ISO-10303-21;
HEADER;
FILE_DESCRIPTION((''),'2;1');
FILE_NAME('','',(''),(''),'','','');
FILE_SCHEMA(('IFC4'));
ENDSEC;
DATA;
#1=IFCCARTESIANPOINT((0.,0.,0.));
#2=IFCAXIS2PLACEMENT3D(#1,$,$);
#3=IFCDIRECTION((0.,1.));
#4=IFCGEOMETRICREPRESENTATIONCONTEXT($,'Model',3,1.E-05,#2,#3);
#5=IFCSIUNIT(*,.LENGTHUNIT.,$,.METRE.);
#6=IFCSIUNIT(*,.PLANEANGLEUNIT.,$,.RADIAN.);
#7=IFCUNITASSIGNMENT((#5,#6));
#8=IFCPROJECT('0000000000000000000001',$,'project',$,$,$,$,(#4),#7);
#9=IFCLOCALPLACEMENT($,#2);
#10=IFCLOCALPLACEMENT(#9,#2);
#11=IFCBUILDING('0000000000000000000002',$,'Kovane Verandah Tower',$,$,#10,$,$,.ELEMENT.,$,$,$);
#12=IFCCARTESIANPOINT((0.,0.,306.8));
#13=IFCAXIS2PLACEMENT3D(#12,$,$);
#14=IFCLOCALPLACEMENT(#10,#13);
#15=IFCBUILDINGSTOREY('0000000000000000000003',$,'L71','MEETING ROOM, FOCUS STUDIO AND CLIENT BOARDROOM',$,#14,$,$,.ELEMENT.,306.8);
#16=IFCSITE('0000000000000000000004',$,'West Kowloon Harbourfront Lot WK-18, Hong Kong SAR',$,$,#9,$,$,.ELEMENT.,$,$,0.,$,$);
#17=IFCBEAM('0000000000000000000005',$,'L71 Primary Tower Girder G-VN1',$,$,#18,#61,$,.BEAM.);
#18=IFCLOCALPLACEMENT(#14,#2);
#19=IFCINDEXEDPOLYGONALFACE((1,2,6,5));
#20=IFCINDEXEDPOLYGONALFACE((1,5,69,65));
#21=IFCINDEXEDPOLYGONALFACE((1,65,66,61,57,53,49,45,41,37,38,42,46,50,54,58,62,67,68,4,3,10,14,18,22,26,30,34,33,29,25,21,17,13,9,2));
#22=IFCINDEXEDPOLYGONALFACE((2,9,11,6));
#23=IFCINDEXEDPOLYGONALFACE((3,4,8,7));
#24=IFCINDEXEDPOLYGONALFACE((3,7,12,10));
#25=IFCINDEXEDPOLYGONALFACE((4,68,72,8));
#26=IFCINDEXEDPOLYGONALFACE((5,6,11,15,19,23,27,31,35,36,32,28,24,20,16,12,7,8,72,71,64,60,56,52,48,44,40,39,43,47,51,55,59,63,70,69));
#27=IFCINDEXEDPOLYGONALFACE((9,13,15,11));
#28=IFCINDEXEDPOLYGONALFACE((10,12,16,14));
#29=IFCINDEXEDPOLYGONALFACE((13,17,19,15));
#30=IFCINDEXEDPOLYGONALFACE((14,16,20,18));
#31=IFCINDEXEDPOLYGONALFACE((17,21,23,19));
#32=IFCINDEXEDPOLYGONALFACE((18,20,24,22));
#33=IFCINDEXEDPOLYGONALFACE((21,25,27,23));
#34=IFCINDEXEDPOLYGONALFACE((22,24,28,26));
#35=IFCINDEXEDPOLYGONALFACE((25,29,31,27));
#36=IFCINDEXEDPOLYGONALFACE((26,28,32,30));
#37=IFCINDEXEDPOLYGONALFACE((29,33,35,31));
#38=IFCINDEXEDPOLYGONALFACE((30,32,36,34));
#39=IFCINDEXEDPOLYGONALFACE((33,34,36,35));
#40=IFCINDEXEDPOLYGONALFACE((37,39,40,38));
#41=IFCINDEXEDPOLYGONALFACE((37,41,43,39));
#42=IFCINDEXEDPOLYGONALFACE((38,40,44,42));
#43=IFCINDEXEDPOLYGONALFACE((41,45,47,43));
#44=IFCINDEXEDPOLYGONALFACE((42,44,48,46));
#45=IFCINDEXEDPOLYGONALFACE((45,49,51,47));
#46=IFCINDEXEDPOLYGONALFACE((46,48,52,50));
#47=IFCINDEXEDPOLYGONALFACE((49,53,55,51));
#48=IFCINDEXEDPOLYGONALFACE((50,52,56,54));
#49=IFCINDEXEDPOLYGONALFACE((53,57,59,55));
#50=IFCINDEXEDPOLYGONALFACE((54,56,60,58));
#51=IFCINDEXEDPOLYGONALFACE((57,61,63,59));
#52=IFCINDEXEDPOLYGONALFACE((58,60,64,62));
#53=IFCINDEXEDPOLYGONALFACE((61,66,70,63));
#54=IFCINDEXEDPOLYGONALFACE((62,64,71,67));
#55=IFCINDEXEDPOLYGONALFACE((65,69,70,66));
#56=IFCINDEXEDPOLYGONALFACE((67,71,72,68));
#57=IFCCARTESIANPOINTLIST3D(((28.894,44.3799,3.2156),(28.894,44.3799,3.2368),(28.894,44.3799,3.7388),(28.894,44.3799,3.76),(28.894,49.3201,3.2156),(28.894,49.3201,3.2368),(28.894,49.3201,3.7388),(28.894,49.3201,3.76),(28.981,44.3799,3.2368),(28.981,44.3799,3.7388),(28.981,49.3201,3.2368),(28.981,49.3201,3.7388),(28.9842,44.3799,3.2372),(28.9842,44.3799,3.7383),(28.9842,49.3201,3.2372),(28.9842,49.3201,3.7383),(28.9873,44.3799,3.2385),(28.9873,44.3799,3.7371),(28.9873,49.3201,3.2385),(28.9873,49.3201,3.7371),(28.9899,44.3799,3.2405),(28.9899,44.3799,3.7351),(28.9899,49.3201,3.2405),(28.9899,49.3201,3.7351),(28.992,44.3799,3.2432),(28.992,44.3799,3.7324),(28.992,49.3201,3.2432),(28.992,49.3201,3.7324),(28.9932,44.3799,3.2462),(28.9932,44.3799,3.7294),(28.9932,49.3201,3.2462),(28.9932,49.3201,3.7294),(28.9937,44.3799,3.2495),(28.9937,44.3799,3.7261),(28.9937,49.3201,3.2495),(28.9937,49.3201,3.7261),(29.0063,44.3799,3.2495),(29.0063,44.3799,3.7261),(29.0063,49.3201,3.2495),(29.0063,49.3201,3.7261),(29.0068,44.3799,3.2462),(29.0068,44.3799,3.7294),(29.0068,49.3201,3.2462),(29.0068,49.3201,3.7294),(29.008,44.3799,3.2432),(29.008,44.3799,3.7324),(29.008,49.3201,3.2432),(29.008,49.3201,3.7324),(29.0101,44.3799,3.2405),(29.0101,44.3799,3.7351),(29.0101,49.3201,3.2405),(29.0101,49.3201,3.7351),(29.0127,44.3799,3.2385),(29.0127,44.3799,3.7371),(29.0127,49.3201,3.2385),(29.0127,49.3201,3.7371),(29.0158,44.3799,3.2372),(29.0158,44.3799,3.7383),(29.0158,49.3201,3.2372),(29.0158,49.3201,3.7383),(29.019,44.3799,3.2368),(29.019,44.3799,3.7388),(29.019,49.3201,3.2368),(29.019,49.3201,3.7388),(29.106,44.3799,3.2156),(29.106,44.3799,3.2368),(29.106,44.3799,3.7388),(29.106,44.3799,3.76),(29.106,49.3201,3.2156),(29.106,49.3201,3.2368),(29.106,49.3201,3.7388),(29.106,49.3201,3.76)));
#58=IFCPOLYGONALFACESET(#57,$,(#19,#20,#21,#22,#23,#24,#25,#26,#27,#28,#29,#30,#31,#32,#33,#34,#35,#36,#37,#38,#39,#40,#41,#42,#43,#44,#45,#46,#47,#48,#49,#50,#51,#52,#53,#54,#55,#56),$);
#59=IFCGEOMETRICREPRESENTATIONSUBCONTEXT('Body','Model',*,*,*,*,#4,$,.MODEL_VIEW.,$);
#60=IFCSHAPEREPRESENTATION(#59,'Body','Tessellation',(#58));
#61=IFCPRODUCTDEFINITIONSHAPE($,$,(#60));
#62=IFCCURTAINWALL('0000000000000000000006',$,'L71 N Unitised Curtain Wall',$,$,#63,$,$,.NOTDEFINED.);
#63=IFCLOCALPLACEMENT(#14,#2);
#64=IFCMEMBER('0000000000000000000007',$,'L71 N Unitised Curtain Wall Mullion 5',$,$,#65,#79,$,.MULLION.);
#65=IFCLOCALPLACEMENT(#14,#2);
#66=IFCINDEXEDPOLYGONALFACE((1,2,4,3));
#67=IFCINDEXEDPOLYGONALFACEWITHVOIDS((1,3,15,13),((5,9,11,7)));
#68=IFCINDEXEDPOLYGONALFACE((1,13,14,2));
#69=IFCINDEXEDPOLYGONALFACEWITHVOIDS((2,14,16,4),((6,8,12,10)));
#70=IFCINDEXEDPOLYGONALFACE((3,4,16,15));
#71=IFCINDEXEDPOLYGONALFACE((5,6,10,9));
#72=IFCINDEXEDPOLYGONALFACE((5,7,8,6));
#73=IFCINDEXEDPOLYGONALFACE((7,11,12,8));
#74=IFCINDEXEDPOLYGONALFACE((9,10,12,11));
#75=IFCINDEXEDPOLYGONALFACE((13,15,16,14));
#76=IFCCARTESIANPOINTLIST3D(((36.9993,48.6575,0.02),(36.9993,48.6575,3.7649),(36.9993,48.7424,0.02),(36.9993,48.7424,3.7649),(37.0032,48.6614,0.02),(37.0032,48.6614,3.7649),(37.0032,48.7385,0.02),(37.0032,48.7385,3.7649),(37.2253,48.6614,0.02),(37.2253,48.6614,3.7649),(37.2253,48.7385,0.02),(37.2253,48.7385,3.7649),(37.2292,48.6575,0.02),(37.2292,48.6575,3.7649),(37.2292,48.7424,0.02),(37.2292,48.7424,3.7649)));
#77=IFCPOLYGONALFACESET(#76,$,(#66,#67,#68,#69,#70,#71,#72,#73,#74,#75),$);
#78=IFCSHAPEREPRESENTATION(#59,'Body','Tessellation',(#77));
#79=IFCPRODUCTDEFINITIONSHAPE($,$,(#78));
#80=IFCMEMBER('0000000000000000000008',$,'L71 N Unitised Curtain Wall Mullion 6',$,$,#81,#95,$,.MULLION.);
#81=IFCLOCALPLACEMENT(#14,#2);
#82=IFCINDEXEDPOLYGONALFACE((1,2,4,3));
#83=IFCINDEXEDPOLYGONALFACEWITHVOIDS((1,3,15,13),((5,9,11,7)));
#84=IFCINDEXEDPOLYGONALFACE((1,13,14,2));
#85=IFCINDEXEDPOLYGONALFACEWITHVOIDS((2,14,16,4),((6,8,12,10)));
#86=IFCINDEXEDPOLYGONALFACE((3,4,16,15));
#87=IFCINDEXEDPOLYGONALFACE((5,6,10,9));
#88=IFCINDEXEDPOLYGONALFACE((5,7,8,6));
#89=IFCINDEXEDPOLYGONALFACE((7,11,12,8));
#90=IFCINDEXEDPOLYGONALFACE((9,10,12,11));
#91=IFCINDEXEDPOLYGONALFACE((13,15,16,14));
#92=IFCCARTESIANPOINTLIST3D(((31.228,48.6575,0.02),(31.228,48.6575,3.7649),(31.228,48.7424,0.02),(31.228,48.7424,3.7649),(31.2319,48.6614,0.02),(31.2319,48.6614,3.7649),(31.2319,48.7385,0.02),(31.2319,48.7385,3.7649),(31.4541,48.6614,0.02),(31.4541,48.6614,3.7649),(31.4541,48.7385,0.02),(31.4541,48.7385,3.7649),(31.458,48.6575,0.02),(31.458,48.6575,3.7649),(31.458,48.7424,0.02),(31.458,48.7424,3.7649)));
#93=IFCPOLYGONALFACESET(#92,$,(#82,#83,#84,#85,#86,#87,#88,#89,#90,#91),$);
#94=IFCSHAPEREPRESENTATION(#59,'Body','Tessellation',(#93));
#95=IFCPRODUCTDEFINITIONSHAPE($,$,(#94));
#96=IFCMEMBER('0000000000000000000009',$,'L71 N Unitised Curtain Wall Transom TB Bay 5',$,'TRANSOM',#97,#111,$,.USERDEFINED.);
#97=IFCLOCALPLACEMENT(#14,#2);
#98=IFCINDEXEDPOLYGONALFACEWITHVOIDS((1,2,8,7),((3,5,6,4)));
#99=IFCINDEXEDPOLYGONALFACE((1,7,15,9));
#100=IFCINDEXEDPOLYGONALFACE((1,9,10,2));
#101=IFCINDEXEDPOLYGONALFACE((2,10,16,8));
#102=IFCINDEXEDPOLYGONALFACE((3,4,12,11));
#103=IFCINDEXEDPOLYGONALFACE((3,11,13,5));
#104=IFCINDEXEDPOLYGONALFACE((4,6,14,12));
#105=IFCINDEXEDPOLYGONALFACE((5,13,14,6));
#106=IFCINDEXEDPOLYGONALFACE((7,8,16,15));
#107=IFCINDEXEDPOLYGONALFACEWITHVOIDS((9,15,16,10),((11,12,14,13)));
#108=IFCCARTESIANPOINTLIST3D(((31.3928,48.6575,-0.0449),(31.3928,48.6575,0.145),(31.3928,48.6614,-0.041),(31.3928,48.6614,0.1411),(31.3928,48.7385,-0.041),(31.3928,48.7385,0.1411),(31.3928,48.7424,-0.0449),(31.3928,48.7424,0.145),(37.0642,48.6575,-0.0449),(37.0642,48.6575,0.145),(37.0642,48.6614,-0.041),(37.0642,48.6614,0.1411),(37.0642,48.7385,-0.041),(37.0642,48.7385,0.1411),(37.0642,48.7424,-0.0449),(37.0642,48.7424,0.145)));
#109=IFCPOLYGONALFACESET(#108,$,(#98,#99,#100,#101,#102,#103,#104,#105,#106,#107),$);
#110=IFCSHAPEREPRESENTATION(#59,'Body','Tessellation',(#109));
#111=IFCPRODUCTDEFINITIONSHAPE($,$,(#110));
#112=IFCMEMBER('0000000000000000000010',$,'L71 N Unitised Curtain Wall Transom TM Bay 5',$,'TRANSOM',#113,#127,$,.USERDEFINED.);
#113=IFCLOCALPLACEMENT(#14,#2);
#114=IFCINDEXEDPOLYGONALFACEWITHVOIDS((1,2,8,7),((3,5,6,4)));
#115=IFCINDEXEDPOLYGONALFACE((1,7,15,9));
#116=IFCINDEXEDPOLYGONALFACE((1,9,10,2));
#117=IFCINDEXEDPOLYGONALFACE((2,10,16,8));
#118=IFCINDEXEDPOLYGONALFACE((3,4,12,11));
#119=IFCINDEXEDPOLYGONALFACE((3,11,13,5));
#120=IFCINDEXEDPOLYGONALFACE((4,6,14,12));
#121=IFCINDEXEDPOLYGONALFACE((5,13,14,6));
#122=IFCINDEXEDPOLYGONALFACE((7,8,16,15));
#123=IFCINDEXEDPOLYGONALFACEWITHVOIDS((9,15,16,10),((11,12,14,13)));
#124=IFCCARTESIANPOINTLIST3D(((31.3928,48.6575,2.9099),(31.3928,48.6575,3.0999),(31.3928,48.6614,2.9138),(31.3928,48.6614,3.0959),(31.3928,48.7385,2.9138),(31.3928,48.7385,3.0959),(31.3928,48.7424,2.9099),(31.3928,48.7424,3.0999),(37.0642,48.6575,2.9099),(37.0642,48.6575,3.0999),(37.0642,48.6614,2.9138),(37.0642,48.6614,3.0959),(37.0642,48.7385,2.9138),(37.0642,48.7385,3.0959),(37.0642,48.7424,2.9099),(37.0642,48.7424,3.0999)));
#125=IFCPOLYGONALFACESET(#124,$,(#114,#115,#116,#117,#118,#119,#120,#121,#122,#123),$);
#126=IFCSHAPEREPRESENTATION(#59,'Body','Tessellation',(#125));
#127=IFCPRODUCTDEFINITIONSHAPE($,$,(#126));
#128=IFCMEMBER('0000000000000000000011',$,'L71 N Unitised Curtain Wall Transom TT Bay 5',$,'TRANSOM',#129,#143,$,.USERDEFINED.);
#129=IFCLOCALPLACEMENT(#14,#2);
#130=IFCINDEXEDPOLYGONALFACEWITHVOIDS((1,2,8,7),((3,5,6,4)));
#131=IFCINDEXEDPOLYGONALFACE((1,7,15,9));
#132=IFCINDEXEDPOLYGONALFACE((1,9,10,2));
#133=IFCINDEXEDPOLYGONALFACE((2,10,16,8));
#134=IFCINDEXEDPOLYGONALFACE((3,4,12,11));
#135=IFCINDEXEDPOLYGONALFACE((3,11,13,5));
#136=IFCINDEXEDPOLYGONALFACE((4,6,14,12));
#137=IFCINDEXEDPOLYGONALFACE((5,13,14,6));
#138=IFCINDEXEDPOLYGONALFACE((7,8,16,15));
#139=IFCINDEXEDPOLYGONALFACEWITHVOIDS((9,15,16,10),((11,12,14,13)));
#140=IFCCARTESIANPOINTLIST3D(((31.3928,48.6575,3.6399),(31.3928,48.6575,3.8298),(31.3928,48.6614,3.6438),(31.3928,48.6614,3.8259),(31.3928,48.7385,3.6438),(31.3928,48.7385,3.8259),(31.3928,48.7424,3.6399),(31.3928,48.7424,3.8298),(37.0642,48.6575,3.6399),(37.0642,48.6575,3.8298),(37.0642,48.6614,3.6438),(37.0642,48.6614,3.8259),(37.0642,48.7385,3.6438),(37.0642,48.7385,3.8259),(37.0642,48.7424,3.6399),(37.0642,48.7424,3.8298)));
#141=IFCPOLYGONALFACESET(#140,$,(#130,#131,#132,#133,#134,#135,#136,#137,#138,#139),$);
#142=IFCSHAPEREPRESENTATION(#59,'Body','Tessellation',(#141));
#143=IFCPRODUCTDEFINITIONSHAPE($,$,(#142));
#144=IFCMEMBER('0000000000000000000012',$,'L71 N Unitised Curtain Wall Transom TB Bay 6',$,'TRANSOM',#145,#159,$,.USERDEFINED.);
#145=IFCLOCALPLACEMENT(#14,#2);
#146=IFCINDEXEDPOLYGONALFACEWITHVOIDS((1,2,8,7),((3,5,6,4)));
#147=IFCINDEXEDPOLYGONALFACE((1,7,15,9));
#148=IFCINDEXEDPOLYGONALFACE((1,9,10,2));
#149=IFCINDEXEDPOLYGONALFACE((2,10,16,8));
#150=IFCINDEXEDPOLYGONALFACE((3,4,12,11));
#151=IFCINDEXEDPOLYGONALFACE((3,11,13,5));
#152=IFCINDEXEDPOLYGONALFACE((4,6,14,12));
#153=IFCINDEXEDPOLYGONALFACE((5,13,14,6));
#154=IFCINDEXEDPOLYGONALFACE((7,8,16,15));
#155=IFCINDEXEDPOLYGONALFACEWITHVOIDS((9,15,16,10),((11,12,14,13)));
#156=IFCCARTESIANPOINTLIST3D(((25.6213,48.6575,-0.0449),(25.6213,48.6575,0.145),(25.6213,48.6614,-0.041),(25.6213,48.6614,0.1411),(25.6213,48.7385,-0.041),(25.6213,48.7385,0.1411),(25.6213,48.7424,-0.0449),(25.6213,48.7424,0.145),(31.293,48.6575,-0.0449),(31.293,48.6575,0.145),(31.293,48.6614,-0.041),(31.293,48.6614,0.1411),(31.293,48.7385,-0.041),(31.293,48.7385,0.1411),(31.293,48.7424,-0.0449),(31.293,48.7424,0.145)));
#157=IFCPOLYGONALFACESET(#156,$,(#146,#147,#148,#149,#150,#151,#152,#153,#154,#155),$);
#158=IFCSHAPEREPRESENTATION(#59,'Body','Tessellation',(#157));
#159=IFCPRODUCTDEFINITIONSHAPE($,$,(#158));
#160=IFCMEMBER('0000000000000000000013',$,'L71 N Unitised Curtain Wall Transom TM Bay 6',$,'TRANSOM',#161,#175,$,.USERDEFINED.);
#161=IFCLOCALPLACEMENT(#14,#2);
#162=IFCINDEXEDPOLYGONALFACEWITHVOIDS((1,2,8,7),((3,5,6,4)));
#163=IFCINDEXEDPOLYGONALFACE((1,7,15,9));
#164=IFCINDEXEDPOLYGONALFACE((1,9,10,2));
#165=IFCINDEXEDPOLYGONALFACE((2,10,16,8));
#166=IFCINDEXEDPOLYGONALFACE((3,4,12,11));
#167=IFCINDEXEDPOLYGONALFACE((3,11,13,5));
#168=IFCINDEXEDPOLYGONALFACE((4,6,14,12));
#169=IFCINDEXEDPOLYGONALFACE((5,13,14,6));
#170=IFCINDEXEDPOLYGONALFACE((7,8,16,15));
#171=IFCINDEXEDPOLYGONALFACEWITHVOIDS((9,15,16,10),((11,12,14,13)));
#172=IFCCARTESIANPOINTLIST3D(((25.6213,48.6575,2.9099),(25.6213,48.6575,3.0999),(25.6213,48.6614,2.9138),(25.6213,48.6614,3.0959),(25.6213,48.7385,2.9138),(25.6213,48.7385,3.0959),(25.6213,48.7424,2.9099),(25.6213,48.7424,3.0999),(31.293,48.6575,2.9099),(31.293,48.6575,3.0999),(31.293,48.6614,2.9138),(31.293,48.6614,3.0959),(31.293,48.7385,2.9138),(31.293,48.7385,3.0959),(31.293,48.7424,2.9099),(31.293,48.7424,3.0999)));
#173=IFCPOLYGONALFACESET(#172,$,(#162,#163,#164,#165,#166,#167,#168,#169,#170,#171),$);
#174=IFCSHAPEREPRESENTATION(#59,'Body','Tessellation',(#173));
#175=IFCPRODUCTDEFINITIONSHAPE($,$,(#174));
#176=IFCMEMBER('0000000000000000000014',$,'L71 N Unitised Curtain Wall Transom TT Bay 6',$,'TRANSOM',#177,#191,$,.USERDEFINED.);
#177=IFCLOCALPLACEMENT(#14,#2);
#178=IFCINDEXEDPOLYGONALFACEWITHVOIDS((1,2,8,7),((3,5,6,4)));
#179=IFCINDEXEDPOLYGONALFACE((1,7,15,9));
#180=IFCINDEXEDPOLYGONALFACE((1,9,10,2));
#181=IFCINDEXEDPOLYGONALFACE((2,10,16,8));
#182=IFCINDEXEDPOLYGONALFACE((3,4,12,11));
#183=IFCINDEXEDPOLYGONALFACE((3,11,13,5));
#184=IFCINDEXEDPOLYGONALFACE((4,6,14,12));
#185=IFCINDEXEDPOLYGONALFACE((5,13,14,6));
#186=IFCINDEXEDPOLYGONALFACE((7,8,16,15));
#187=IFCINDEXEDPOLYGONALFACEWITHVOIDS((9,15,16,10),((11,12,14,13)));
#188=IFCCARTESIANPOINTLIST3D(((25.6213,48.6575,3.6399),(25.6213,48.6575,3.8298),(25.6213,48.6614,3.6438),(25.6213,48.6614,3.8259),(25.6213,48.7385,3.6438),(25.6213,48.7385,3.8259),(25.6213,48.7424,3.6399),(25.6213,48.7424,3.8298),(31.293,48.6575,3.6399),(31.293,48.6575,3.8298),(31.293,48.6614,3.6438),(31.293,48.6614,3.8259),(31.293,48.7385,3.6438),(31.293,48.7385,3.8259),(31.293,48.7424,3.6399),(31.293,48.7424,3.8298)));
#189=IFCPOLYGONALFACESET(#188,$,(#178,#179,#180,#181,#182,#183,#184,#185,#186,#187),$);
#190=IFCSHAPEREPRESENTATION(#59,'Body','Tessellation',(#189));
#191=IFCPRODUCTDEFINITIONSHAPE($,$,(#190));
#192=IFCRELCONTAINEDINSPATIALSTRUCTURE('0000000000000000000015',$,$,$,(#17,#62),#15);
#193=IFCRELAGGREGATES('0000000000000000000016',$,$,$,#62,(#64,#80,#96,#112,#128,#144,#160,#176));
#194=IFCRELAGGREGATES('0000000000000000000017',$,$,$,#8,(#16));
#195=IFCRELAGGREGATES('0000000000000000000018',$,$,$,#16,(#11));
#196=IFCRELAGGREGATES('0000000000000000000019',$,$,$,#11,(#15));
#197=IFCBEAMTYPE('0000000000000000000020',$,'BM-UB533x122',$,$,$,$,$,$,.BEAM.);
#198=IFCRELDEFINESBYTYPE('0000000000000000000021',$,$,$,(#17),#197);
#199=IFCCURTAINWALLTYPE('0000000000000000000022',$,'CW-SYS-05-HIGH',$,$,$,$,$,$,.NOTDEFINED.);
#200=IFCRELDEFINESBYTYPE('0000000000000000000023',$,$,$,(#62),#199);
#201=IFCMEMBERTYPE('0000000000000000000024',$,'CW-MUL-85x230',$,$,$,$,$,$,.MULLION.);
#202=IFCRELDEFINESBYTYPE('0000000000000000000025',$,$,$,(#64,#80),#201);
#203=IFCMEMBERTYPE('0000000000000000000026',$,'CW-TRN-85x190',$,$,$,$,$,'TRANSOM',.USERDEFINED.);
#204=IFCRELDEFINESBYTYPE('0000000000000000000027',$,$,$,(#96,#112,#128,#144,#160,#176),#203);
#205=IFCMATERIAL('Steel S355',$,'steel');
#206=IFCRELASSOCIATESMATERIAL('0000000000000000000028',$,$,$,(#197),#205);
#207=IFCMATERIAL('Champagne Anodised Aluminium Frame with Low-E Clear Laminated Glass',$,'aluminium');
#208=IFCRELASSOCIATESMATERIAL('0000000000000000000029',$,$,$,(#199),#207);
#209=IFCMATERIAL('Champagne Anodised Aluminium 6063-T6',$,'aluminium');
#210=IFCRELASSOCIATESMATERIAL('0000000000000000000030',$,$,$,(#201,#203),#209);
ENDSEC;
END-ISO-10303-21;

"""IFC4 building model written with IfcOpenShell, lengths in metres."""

from ifc_helpers import new_model, si_unit, direction, frame, origin, origin_2d, place, context, subcontext, project, spatial, hollow_rectangle, i_section, extrude, material, material_profile, profile_set, type_object, element, aggregate, save


model = new_model("IFC4")

# Units and contexts
model_context = context("Model", 3, precision=1e-05, world=origin(), true_north=direction((0.0, 1.0)))
body_context = subcontext(model_context, "Body", "Model", "MODEL_VIEW")
ifc_project = project(units=[si_unit("LENGTHUNIT", "METRE"), si_unit("PLANEANGLEUNIT", "RADIAN")], contexts=[model_context])

# Site, building, storey
site_placement = place(None, origin())
site = spatial("IfcSite", under=ifc_project, at=site_placement, Name="West Kowloon Harbourfront Lot WK-18, Hong Kong SAR", CompositionType="ELEMENT", RefElevation=0.0)
building_placement = place(site_placement, origin())
building = spatial("IfcBuilding", under=site, at=building_placement, Name="Kovane Verandah Tower", CompositionType="ELEMENT")
storey_placement = place(building_placement, frame((0.0, 0.0, 306.8)))
storey = spatial("IfcBuildingStorey", under=building, at=storey_placement, Name="L71", Description="MEETING ROOM, FOCUS STUDIO AND CLIENT BOARDROOM", CompositionType="ELEMENT", Elevation=306.8)

# Beam
ifc_material_1 = material(Name="Steel S355", Category="steel")
ifc_material_profile_1 = material_profile(ifc_material_1, i_section(OverallWidth=0.2119, OverallDepth=0.5444, WebThickness=0.0127, FlangeThickness=0.0212, FilletRadius=0.0127, at=origin_2d()), Name="UB533x210x122")
ifc_profile_set_1 = profile_set([ifc_material_profile_1], Name="Steel S355")
beam_type_1 = type_object("IfcBeamType", Name="BM-UB533x122", PredefinedType="BEAM", material=ifc_profile_set_1)
beam_1_placement = place(storey_placement, frame((29.0, 44.3799, 3.4878), z_axis=(0.0, 1.0, 0.0), x_axis=(-1.0, 0.0, 0.0)))
element("IfcBeam", 1, at=beam_1_placement, inside=storey, type_object=beam_type_1, Name="L71 Primary Tower Girder G-VN1", PredefinedType="BEAM", context=body_context, shape_type="SweptSolid", body=[
    extrude(i_section(OverallWidth=0.2119, OverallDepth=0.5444, WebThickness=0.0127, FlangeThickness=0.0212, FilletRadius=0.0127, at=origin_2d()), origin(), (0.0, 0.0, 1.0), 4.9402),
])

# Curtain wall, members
ifc_material_2 = material(Name="Champagne Anodised Aluminium Frame with Low-E Clear Laminated Glass", Category="aluminium")
curtain_wall_type = type_object("IfcCurtainWallType", Name="CW-SYS-05-HIGH", PredefinedType="NOTDEFINED", material=ifc_material_2)
curtain_wall_placement = place(storey_placement, origin())
curtain_wall = element("IfcCurtainWall", 2, at=curtain_wall_placement, inside=storey, type_object=curtain_wall_type, Name="L71 N Unitised Curtain Wall", PredefinedType="NOTDEFINED")
ifc_material_3 = material(Name="Champagne Anodised Aluminium 6063-T6", Category="aluminium")
ifc_material_profile_2 = material_profile(ifc_material_3, hollow_rectangle(XDim=0.085, YDim=0.23, WallThickness=0.0039, at=origin_2d()), Name="AL85x230x4")
ifc_profile_set_2 = profile_set([ifc_material_profile_2], Name="Champagne Anodised Aluminium 6063-T6")
member_type_1 = type_object("IfcMemberType", Name="CW-MUL-85x230", PredefinedType="MULLION", material=ifc_profile_set_2)
member_1_placement = place(storey_placement, frame((37.1143, 48.7, 0.02), z_axis=(0.0, 0.0, 1.0), x_axis=(0.0, 1.0, 0.0)))
member_1 = element("IfcMember", 3, at=member_1_placement, type_object=member_type_1, Name="L71 N Unitised Curtain Wall Mullion 5", PredefinedType="MULLION", context=body_context, shape_type="SweptSolid", body=[
    extrude(hollow_rectangle(XDim=0.085, YDim=0.23, WallThickness=0.0039, at=origin_2d()), origin(), (0.0, 0.0, 1.0), 3.7449),
])
member_2_placement = place(storey_placement, frame((31.343, 48.7, 0.02), z_axis=(0.0, 0.0, 1.0), x_axis=(0.0, 1.0, 0.0)))
member_2 = element("IfcMember", 4, at=member_2_placement, type_object=member_type_1, Name="L71 N Unitised Curtain Wall Mullion 6", PredefinedType="MULLION", context=body_context, shape_type="SweptSolid", body=[
    extrude(hollow_rectangle(XDim=0.085, YDim=0.23, WallThickness=0.0039, at=origin_2d()), origin(), (0.0, 0.0, 1.0), 3.7449),
])
ifc_material_profile_3 = material_profile(ifc_material_3, hollow_rectangle(XDim=0.085, YDim=0.1899, WallThickness=0.0039, at=origin_2d()), Name="AL85x190x4")
ifc_profile_set_3 = profile_set([ifc_material_profile_3], Name="Champagne Anodised Aluminium 6063-T6")
member_type_2 = type_object("IfcMemberType", Name="CW-TRN-85x190", ElementType="TRANSOM", PredefinedType="USERDEFINED", material=ifc_profile_set_3)
member_3_placement = place(storey_placement, frame((37.0642, 48.7, 0.05), z_axis=(-1.0, 0.0, 0.0), x_axis=(0.0, -1.0, 0.0)))
member_3 = element("IfcMember", 5, at=member_3_placement, type_object=member_type_2, Name="L71 N Unitised Curtain Wall Transom TB Bay 5", ObjectType="TRANSOM", PredefinedType="USERDEFINED", context=body_context, shape_type="SweptSolid", body=[
    extrude(hollow_rectangle(XDim=0.085, YDim=0.1899, WallThickness=0.0039, at=origin_2d()), origin(), (0.0, 0.0, 1.0), 5.6714),
])
member_4_placement = place(storey_placement, frame((37.0642, 48.7, 3.0049), z_axis=(-1.0, 0.0, 0.0), x_axis=(0.0, -1.0, 0.0)))
member_4 = element("IfcMember", 6, at=member_4_placement, type_object=member_type_2, Name="L71 N Unitised Curtain Wall Transom TM Bay 5", ObjectType="TRANSOM", PredefinedType="USERDEFINED", context=body_context, shape_type="SweptSolid", body=[
    extrude(hollow_rectangle(XDim=0.085, YDim=0.1899, WallThickness=0.0039, at=origin_2d()), origin(), (0.0, 0.0, 1.0), 5.6714),
])
member_5_placement = place(storey_placement, frame((37.0642, 48.7, 3.7349), z_axis=(-1.0, 0.0, 0.0), x_axis=(0.0, -1.0, 0.0)))
member_5 = element("IfcMember", 7, at=member_5_placement, type_object=member_type_2, Name="L71 N Unitised Curtain Wall Transom TT Bay 5", ObjectType="TRANSOM", PredefinedType="USERDEFINED", context=body_context, shape_type="SweptSolid", body=[
    extrude(hollow_rectangle(XDim=0.085, YDim=0.1899, WallThickness=0.0039, at=origin_2d()), origin(), (0.0, 0.0, 1.0), 5.6714),
])
member_6_placement = place(storey_placement, frame((31.293, 48.7, 0.05), z_axis=(-1.0, 0.0, 0.0), x_axis=(0.0, -1.0, 0.0)))
member_6 = element("IfcMember", 8, at=member_6_placement, type_object=member_type_2, Name="L71 N Unitised Curtain Wall Transom TB Bay 6", ObjectType="TRANSOM", PredefinedType="USERDEFINED", context=body_context, shape_type="SweptSolid", body=[
    extrude(hollow_rectangle(XDim=0.085, YDim=0.1899, WallThickness=0.0039, at=origin_2d()), origin(), (0.0, 0.0, 1.0), 5.6716),
])
member_7_placement = place(storey_placement, frame((31.293, 48.7, 3.0049), z_axis=(-1.0, 0.0, 0.0), x_axis=(0.0, -1.0, 0.0)))
member_7 = element("IfcMember", 9, at=member_7_placement, type_object=member_type_2, Name="L71 N Unitised Curtain Wall Transom TM Bay 6", ObjectType="TRANSOM", PredefinedType="USERDEFINED", context=body_context, shape_type="SweptSolid", body=[
    extrude(hollow_rectangle(XDim=0.085, YDim=0.1899, WallThickness=0.0039, at=origin_2d()), origin(), (0.0, 0.0, 1.0), 5.6716),
])
member_8_placement = place(storey_placement, frame((31.293, 48.7, 3.7349), z_axis=(-1.0, 0.0, 0.0), x_axis=(0.0, -1.0, 0.0)))
member_8 = element("IfcMember", 10, at=member_8_placement, type_object=member_type_2, Name="L71 N Unitised Curtain Wall Transom TT Bay 6", ObjectType="TRANSOM", PredefinedType="USERDEFINED", context=body_context, shape_type="SweptSolid", body=[
    extrude(hollow_rectangle(XDim=0.085, YDim=0.1899, WallThickness=0.0039, at=origin_2d()), origin(), (0.0, 0.0, 1.0), 5.6716),
])

aggregate(curtain_wall, [member_1, member_2, member_3, member_4, member_5, member_6, member_7, member_8])

save(model, "model.ifc")
